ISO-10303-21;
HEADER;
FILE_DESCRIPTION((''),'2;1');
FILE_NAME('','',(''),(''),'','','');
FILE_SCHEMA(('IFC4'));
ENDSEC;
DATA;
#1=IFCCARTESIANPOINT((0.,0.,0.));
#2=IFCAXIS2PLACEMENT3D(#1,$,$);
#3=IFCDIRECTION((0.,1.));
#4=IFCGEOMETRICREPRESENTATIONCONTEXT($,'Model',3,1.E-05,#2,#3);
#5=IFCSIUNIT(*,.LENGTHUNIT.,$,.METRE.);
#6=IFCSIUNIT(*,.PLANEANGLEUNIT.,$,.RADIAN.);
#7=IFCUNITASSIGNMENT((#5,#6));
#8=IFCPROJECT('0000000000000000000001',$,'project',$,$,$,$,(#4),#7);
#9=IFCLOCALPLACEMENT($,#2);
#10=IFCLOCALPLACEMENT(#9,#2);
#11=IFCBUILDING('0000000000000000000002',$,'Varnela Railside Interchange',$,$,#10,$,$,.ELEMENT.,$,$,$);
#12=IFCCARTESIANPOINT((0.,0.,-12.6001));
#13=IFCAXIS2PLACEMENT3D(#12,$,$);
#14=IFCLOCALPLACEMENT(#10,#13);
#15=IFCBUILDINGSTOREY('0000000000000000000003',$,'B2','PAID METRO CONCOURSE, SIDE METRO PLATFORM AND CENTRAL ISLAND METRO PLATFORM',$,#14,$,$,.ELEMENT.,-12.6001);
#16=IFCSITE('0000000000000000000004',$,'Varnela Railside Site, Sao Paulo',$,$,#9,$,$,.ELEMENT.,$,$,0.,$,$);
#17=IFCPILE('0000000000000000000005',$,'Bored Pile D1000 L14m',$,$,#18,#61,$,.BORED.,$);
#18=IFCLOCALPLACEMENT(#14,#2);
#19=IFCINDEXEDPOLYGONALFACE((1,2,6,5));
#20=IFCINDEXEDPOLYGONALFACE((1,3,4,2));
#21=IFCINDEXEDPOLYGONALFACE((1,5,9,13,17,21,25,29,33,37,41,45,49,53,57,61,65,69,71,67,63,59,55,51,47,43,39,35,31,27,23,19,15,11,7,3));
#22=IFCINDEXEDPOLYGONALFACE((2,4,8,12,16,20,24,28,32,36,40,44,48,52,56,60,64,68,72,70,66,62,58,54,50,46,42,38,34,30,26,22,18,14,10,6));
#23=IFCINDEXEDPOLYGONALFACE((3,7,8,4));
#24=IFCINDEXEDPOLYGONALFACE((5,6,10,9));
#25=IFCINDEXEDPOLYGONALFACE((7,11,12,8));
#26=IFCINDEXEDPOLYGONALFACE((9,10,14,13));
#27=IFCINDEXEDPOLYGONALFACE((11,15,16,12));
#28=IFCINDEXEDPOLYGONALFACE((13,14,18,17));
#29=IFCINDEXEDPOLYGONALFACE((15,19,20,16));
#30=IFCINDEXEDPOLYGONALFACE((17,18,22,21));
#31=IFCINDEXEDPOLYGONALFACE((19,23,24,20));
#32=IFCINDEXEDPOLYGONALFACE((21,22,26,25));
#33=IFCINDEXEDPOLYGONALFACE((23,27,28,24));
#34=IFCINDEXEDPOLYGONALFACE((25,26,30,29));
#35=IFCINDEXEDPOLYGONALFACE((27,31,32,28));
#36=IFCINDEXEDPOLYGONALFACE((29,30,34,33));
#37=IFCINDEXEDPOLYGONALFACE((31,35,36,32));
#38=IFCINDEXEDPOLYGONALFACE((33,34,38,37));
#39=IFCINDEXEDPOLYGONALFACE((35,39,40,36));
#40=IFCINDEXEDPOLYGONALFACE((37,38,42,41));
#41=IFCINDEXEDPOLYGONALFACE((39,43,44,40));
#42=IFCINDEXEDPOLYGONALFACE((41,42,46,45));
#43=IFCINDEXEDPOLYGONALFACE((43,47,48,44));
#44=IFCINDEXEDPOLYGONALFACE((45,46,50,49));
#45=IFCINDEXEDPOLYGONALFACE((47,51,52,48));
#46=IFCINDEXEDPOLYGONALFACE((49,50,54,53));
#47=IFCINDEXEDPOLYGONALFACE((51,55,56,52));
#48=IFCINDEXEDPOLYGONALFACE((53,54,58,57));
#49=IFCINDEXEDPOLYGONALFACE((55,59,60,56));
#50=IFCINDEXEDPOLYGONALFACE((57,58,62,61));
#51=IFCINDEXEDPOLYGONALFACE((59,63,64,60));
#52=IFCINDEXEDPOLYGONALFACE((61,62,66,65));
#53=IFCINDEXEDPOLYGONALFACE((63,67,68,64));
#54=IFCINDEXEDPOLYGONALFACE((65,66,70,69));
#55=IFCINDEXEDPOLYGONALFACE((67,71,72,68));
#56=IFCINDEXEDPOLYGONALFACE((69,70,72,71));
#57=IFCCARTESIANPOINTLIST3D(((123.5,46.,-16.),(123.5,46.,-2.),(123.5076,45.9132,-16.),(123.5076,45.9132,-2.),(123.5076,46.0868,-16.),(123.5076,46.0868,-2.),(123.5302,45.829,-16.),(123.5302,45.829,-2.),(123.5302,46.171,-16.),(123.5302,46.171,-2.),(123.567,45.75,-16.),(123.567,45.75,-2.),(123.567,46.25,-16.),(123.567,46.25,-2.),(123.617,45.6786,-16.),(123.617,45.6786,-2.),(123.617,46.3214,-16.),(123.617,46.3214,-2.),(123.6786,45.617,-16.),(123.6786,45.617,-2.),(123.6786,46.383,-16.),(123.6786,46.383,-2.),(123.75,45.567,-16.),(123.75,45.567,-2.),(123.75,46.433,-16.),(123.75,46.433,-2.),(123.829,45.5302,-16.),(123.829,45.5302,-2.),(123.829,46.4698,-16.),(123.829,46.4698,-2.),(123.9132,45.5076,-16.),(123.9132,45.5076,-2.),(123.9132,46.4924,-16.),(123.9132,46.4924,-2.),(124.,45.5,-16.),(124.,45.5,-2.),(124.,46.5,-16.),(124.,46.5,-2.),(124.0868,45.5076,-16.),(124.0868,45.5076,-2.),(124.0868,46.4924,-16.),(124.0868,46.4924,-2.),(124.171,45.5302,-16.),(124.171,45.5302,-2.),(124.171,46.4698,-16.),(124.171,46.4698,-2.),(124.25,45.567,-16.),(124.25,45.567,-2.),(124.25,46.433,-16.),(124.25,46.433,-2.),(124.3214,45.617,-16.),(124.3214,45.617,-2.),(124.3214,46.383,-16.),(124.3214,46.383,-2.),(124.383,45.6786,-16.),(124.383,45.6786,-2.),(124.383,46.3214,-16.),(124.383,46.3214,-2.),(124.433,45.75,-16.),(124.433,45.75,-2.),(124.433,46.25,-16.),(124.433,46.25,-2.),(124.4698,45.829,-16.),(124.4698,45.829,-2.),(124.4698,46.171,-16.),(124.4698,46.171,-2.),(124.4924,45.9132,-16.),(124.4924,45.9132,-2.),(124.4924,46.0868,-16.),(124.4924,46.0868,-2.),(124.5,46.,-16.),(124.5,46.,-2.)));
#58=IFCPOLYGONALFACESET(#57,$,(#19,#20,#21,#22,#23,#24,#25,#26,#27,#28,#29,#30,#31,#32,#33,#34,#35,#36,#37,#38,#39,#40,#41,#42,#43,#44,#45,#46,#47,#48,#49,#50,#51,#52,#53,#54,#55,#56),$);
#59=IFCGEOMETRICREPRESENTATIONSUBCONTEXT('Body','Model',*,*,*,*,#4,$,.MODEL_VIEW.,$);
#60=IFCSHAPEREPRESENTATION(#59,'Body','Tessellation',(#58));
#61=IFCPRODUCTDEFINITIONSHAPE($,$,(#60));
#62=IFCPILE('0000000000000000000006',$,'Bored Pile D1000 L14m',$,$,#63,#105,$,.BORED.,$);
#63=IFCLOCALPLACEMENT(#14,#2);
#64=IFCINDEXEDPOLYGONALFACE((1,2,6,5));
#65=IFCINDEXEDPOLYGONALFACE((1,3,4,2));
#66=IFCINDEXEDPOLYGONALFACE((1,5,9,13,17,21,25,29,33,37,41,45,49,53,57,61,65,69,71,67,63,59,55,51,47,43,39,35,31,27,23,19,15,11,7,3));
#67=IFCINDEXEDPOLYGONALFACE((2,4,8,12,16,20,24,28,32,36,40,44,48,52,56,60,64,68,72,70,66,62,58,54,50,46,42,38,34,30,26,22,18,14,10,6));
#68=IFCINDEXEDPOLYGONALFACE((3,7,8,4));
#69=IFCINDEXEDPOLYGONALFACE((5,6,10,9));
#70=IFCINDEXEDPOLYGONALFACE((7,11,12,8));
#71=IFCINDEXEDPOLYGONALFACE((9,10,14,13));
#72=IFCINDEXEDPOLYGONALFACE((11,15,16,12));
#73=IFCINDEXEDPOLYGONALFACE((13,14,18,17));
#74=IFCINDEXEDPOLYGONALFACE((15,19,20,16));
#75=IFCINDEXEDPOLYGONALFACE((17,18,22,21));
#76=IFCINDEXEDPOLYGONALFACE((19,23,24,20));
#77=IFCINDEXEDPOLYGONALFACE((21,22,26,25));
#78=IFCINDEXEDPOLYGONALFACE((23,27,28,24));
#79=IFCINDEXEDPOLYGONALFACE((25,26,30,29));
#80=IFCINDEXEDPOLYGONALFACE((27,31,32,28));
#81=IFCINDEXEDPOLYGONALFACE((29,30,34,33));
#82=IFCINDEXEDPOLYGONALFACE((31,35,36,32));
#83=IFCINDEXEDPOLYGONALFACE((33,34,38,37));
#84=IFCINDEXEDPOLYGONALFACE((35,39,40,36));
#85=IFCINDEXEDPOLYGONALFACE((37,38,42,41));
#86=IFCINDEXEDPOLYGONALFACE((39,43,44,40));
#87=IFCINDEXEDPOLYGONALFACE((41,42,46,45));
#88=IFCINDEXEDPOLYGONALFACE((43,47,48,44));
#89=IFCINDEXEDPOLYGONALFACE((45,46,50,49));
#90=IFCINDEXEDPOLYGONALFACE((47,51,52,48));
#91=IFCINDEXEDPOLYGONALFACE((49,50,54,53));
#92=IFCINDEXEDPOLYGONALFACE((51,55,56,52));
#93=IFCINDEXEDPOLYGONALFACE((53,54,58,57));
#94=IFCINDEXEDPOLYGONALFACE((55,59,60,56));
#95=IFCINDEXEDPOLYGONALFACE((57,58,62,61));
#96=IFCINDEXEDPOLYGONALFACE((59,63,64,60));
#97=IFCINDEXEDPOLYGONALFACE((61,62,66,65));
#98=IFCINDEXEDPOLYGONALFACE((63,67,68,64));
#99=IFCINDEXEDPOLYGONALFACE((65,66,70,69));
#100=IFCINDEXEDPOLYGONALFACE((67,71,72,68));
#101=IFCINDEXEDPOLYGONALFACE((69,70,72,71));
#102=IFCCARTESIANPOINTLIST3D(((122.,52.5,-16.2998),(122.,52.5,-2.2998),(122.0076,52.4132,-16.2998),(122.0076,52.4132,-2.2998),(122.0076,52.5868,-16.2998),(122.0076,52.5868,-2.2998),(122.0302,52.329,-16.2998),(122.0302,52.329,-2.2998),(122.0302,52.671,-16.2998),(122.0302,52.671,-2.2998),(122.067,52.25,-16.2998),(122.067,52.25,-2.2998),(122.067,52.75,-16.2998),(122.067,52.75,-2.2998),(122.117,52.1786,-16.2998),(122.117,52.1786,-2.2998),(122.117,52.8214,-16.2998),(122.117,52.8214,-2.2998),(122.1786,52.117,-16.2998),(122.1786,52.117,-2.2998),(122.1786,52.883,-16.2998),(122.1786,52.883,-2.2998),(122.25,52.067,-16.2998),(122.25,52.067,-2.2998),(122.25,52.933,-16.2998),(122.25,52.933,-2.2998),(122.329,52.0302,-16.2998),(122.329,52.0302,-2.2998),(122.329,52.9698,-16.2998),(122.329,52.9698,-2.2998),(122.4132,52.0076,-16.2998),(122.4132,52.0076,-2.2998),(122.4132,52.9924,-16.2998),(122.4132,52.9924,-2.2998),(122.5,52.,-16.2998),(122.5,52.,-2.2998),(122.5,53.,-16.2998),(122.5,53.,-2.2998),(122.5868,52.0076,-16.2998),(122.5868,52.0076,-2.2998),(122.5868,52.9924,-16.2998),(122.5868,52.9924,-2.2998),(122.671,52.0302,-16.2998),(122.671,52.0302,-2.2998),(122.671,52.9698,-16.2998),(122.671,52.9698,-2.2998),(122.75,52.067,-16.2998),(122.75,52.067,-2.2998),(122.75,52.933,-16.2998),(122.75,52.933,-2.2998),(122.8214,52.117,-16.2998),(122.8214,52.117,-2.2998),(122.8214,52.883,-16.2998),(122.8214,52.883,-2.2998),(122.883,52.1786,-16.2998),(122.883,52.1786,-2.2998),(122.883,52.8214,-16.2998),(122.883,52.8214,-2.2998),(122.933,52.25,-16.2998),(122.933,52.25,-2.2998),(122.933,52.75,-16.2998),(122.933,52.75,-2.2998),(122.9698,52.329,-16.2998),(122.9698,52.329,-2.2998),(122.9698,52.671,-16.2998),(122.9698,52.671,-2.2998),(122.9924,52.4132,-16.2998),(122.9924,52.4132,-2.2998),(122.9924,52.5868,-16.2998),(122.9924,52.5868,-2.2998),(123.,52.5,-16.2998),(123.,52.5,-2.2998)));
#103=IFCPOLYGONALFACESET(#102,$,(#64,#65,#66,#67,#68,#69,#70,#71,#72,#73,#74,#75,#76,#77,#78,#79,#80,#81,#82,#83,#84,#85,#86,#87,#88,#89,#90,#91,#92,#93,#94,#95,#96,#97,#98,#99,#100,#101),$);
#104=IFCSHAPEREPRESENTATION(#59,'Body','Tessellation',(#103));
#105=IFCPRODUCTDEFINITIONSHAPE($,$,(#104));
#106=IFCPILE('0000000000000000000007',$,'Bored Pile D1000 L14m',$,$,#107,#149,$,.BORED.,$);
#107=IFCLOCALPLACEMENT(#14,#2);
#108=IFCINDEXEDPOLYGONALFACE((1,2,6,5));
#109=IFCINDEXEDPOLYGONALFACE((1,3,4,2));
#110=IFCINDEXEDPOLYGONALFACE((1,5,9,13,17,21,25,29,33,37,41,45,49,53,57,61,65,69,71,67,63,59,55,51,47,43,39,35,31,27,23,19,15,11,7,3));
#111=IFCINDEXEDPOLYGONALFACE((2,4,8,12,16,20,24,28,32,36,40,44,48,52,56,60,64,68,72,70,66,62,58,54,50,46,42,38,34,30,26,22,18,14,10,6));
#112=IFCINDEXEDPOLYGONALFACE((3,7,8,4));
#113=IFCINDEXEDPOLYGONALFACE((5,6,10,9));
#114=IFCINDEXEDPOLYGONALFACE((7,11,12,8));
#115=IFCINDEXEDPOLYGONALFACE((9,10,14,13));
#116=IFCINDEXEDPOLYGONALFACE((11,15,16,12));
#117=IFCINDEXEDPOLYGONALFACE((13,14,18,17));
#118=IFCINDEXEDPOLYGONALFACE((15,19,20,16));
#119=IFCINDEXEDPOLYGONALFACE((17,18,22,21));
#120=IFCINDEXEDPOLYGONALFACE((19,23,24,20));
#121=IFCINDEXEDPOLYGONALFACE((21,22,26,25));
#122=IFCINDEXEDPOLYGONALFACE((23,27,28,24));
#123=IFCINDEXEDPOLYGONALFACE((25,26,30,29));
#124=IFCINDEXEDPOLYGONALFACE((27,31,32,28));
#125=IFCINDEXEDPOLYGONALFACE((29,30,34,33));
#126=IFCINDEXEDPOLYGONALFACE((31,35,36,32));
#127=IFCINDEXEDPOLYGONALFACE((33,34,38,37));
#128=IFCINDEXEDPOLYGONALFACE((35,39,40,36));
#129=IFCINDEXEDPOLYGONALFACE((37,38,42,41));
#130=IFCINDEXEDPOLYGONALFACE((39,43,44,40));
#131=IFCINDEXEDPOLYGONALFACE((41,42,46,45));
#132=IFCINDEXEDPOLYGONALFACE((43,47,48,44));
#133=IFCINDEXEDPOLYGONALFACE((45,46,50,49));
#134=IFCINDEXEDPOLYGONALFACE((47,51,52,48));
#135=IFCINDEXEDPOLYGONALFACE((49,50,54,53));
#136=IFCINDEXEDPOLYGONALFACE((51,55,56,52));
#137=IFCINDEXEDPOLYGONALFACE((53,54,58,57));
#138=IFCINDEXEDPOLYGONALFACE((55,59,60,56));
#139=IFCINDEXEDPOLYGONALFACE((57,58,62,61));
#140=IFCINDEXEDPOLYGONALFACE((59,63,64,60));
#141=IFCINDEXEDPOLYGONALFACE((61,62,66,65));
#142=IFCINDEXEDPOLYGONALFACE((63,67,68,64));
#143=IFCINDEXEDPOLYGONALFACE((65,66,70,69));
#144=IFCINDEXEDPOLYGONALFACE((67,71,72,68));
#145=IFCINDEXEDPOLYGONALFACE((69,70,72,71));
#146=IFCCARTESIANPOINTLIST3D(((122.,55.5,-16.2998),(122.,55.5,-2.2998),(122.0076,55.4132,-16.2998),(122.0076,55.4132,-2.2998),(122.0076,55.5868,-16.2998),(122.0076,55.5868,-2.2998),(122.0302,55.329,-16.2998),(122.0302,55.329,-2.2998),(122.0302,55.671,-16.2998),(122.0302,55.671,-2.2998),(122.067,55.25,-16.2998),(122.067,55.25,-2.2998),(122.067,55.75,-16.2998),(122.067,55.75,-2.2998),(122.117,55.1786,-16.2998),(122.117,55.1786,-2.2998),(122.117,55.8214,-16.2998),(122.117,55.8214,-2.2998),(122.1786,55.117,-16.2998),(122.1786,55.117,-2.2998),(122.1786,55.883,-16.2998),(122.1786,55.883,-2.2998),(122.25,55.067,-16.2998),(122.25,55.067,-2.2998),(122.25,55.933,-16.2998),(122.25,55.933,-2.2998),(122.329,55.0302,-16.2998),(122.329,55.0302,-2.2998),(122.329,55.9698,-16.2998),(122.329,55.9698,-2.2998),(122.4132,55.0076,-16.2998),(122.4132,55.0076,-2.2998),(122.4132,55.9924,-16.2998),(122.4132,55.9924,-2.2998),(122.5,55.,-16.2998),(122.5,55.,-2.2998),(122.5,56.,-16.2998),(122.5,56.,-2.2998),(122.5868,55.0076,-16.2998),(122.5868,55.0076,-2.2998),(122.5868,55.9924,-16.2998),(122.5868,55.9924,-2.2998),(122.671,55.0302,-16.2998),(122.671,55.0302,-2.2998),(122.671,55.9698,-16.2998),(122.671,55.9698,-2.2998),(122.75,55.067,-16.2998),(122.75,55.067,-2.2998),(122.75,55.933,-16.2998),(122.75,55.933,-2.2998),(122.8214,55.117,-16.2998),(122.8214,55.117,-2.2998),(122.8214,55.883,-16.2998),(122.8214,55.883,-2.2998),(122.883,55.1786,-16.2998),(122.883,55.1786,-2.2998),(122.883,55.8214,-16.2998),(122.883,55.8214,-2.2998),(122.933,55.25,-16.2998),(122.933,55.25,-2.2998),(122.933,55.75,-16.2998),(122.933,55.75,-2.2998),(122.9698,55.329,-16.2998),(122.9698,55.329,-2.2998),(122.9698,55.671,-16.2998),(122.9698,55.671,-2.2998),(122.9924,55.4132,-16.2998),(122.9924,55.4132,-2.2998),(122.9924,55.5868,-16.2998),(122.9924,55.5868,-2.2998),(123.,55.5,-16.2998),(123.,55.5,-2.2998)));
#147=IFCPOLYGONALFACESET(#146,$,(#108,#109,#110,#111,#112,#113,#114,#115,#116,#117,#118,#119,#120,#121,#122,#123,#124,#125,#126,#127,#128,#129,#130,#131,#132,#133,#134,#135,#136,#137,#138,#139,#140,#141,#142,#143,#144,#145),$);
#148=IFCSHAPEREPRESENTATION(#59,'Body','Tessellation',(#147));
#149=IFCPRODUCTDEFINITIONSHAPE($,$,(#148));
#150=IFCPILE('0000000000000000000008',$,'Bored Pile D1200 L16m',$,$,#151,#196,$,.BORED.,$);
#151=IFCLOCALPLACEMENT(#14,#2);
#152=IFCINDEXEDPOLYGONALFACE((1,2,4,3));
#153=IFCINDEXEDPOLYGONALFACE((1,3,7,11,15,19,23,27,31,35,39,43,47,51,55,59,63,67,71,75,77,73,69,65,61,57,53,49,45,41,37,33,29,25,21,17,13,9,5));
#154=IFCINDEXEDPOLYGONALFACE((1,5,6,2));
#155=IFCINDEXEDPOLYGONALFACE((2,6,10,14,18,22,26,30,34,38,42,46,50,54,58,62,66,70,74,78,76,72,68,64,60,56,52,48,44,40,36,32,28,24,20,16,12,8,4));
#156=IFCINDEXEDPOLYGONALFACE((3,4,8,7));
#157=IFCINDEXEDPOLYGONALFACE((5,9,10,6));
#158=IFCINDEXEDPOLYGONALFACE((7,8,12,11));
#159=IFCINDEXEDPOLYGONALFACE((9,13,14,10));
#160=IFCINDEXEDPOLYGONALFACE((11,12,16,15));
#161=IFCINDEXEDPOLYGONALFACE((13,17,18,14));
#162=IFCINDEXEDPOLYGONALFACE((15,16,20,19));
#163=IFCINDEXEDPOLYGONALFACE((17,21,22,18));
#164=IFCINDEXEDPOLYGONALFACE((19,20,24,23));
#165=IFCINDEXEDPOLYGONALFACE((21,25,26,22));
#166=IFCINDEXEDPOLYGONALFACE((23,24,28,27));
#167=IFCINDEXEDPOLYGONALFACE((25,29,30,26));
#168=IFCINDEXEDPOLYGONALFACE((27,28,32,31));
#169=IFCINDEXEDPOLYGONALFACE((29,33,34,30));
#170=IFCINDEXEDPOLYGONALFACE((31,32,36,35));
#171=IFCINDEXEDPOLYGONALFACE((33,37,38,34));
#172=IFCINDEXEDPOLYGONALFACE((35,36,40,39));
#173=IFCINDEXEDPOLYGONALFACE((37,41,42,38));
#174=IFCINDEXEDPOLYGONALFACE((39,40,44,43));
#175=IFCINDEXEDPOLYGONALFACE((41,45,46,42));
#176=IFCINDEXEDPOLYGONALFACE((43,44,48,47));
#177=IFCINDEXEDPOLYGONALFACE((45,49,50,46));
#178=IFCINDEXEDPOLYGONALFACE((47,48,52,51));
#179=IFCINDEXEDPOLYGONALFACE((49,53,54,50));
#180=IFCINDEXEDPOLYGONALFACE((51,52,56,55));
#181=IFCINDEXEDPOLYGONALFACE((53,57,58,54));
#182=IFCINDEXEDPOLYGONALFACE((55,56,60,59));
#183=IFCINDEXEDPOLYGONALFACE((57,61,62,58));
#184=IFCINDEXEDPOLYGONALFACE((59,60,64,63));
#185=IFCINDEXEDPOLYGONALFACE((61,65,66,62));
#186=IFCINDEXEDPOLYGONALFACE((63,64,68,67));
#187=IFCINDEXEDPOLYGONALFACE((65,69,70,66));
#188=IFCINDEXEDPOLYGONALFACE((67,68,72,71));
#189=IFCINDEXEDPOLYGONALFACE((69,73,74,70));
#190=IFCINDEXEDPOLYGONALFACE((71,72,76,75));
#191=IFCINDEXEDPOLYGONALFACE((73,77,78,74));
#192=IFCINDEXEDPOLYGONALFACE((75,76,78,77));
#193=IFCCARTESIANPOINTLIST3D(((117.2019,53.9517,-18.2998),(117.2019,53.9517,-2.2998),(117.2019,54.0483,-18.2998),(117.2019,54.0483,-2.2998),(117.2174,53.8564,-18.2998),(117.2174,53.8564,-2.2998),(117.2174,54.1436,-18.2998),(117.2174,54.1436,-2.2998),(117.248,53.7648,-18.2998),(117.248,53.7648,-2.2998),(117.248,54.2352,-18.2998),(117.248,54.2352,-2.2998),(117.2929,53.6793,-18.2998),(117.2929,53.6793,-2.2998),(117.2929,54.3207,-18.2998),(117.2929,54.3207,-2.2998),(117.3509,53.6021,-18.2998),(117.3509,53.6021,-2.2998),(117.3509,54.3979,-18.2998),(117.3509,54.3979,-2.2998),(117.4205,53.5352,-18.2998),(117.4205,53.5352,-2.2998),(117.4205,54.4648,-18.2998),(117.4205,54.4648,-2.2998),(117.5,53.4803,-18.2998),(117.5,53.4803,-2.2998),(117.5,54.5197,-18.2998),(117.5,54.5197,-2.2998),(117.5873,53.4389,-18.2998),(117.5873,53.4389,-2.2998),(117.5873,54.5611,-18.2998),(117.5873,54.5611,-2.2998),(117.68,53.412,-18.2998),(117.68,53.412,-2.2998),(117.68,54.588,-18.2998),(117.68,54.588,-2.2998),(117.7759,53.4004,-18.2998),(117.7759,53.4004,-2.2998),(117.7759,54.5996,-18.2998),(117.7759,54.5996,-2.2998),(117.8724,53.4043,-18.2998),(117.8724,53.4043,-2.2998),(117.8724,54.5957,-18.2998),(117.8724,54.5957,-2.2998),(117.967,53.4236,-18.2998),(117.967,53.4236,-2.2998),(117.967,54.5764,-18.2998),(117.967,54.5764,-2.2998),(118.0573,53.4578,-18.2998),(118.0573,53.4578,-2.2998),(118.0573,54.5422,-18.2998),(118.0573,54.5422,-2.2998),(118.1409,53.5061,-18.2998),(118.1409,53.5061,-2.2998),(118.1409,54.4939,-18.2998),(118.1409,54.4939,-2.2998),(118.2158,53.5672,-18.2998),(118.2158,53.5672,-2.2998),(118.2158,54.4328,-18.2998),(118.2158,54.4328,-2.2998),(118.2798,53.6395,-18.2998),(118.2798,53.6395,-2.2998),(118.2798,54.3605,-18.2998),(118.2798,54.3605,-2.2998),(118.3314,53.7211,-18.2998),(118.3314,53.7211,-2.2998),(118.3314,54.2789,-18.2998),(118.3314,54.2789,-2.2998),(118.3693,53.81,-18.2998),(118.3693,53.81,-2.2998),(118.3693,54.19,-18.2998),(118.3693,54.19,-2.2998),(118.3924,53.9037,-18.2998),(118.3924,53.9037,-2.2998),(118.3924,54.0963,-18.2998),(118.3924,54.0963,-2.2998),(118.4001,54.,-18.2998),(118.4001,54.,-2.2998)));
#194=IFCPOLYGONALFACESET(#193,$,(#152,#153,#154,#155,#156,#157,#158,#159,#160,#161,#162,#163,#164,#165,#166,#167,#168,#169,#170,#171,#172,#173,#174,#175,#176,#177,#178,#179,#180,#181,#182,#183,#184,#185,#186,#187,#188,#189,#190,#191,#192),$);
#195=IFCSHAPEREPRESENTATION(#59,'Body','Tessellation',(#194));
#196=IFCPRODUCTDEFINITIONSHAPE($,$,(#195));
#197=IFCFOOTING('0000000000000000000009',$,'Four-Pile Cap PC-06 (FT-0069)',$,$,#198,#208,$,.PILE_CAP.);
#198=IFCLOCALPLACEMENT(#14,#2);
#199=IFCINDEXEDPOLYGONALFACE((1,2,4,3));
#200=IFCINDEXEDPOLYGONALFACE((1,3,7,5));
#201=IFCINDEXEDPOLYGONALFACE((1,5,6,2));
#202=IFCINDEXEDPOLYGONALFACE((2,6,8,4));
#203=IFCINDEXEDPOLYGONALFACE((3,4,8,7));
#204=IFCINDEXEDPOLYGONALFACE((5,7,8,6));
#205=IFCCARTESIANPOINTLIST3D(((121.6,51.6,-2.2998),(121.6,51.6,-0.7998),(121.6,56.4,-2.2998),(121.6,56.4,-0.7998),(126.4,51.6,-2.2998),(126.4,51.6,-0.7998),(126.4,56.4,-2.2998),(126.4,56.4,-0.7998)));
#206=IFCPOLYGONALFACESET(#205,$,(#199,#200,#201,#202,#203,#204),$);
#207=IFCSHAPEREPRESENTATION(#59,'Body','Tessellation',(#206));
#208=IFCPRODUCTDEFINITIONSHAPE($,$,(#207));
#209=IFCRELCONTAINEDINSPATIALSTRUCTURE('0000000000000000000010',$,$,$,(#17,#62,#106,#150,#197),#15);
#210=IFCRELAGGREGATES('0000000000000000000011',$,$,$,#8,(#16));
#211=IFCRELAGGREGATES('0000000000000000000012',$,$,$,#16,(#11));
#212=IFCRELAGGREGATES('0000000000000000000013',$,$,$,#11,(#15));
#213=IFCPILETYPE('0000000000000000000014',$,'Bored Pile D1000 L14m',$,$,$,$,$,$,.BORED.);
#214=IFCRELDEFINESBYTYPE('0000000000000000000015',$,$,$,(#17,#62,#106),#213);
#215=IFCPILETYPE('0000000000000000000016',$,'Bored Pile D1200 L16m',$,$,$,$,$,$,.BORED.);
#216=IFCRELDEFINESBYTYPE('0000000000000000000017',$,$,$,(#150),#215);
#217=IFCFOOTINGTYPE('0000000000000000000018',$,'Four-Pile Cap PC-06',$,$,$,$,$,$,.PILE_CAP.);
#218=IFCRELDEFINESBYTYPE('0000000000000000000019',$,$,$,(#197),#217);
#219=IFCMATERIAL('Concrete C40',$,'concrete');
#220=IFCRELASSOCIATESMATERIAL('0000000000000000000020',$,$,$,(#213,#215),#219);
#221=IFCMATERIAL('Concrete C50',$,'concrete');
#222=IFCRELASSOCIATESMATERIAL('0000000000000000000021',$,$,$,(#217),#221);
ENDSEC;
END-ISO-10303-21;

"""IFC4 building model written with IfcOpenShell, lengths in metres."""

from ifc_helpers import new_model, si_unit, direction, frame, origin, origin_2d, place, context, subcontext, project, spatial, rectangle, circle, extrude, material, material_profile, profile_set, type_object, element, save


model = new_model("IFC4")

# Units and contexts
model_context = context("Model", 3, precision=1e-05, world=origin(), true_north=direction((0.0, 1.0)))
body_context = subcontext(model_context, "Body", "Model", "MODEL_VIEW")
ifc_project = project(units=[si_unit("LENGTHUNIT", "METRE"), si_unit("PLANEANGLEUNIT", "RADIAN")], contexts=[model_context])

# Site, building, storey
site_placement = place(None, origin())
site = spatial("IfcSite", under=ifc_project, at=site_placement, Name="Varnela Railside Site, Sao Paulo", CompositionType="ELEMENT", RefElevation=0.0)
building_placement = place(site_placement, origin())
building = spatial("IfcBuilding", under=site, at=building_placement, Name="Varnela Railside Interchange", CompositionType="ELEMENT")
storey_placement = place(building_placement, frame((0.0, 0.0, -12.6001)))
storey = spatial("IfcBuildingStorey", under=building, at=storey_placement, Name="B2", Description="PAID METRO CONCOURSE, SIDE METRO PLATFORM AND CENTRAL ISLAND METRO PLATFORM", CompositionType="ELEMENT", Elevation=-12.6001)

# Piles
ifc_material_1 = material(Name="Concrete C40", Category="concrete")
ifc_material_profile_1 = material_profile(ifc_material_1, circle(Radius=0.5, at=origin_2d()), Name="BORED PILE D1000")
ifc_profile_set_1 = profile_set([ifc_material_profile_1], Name="Concrete C40")
pile_type_1 = type_object("IfcPileType", Name="Bored Pile D1000 L14m", PredefinedType="BORED", material=ifc_profile_set_1)
for number, where, z_axis, x_axis, name in (
    (1, (124.0, 46.0, -2.0), (0.0, 0.0, -1.0), (1.0, 0.0, 0.0), "Bored Pile D1000 L14m"),
    (2, (122.5, 52.5, -2.2998), (0.0, 0.0, -1.0), (1.0, 0.0, 0.0), "Bored Pile D1000 L14m"),
    (3, (122.5, 55.5, -2.2998), (0.0, 0.0, -1.0), (1.0, 0.0, 0.0), "Bored Pile D1000 L14m"),
):
    element("IfcPile", number, at=place(storey_placement, frame(where, z_axis=z_axis, x_axis=x_axis)), inside=storey, type_object=pile_type_1, Name=name, PredefinedType="BORED", context=body_context, shape_type="SweptSolid", body=[
        extrude(circle(Radius=0.5, at=origin_2d()), origin(), (0.0, 0.0, 1.0), 14.0),
    ])
ifc_material_profile_2 = material_profile(ifc_material_1, circle(Radius=0.6001, at=origin_2d()), Name="BORED PILE D1200")
ifc_profile_set_2 = profile_set([ifc_material_profile_2], Name="Concrete C40")
pile_type_2 = type_object("IfcPileType", Name="Bored Pile D1200 L16m", PredefinedType="BORED", material=ifc_profile_set_2)
pile_placement = place(storey_placement, frame((117.8, 54.0, -2.2998), z_axis=(0.0, 0.0, -1.0), x_axis=(1.0, 0.0, 0.0)))
element("IfcPile", 4, at=pile_placement, inside=storey, type_object=pile_type_2, Name="Bored Pile D1200 L16m", PredefinedType="BORED", context=body_context, shape_type="SweptSolid", body=[
    extrude(circle(Radius=0.6001, at=origin_2d()), origin(), (0.0, 0.0, 1.0), 16.0),
])

# Footing
ifc_material_2 = material(Name="Concrete C50", Category="concrete")
footing_type_1 = type_object("IfcFootingType", Name="Four-Pile Cap PC-06", PredefinedType="PILE_CAP", material=ifc_material_2)
footing_1_placement = place(storey_placement, frame((124.0, 54.0, -2.2998), z_axis=(0.0, 0.0, 1.0), x_axis=(1.0, 0.0, 0.0)))
element("IfcFooting", 5, at=footing_1_placement, inside=storey, type_object=footing_type_1, Name="Four-Pile Cap PC-06 (FT-0069)", PredefinedType="PILE_CAP", context=body_context, shape_type="SweptSolid", body=[
    extrude(rectangle(XDim=4.8, YDim=4.8, at=origin_2d()), origin(), (0.0, 0.0, 1.0), 1.5),
])

save(model, "model.ifc")
